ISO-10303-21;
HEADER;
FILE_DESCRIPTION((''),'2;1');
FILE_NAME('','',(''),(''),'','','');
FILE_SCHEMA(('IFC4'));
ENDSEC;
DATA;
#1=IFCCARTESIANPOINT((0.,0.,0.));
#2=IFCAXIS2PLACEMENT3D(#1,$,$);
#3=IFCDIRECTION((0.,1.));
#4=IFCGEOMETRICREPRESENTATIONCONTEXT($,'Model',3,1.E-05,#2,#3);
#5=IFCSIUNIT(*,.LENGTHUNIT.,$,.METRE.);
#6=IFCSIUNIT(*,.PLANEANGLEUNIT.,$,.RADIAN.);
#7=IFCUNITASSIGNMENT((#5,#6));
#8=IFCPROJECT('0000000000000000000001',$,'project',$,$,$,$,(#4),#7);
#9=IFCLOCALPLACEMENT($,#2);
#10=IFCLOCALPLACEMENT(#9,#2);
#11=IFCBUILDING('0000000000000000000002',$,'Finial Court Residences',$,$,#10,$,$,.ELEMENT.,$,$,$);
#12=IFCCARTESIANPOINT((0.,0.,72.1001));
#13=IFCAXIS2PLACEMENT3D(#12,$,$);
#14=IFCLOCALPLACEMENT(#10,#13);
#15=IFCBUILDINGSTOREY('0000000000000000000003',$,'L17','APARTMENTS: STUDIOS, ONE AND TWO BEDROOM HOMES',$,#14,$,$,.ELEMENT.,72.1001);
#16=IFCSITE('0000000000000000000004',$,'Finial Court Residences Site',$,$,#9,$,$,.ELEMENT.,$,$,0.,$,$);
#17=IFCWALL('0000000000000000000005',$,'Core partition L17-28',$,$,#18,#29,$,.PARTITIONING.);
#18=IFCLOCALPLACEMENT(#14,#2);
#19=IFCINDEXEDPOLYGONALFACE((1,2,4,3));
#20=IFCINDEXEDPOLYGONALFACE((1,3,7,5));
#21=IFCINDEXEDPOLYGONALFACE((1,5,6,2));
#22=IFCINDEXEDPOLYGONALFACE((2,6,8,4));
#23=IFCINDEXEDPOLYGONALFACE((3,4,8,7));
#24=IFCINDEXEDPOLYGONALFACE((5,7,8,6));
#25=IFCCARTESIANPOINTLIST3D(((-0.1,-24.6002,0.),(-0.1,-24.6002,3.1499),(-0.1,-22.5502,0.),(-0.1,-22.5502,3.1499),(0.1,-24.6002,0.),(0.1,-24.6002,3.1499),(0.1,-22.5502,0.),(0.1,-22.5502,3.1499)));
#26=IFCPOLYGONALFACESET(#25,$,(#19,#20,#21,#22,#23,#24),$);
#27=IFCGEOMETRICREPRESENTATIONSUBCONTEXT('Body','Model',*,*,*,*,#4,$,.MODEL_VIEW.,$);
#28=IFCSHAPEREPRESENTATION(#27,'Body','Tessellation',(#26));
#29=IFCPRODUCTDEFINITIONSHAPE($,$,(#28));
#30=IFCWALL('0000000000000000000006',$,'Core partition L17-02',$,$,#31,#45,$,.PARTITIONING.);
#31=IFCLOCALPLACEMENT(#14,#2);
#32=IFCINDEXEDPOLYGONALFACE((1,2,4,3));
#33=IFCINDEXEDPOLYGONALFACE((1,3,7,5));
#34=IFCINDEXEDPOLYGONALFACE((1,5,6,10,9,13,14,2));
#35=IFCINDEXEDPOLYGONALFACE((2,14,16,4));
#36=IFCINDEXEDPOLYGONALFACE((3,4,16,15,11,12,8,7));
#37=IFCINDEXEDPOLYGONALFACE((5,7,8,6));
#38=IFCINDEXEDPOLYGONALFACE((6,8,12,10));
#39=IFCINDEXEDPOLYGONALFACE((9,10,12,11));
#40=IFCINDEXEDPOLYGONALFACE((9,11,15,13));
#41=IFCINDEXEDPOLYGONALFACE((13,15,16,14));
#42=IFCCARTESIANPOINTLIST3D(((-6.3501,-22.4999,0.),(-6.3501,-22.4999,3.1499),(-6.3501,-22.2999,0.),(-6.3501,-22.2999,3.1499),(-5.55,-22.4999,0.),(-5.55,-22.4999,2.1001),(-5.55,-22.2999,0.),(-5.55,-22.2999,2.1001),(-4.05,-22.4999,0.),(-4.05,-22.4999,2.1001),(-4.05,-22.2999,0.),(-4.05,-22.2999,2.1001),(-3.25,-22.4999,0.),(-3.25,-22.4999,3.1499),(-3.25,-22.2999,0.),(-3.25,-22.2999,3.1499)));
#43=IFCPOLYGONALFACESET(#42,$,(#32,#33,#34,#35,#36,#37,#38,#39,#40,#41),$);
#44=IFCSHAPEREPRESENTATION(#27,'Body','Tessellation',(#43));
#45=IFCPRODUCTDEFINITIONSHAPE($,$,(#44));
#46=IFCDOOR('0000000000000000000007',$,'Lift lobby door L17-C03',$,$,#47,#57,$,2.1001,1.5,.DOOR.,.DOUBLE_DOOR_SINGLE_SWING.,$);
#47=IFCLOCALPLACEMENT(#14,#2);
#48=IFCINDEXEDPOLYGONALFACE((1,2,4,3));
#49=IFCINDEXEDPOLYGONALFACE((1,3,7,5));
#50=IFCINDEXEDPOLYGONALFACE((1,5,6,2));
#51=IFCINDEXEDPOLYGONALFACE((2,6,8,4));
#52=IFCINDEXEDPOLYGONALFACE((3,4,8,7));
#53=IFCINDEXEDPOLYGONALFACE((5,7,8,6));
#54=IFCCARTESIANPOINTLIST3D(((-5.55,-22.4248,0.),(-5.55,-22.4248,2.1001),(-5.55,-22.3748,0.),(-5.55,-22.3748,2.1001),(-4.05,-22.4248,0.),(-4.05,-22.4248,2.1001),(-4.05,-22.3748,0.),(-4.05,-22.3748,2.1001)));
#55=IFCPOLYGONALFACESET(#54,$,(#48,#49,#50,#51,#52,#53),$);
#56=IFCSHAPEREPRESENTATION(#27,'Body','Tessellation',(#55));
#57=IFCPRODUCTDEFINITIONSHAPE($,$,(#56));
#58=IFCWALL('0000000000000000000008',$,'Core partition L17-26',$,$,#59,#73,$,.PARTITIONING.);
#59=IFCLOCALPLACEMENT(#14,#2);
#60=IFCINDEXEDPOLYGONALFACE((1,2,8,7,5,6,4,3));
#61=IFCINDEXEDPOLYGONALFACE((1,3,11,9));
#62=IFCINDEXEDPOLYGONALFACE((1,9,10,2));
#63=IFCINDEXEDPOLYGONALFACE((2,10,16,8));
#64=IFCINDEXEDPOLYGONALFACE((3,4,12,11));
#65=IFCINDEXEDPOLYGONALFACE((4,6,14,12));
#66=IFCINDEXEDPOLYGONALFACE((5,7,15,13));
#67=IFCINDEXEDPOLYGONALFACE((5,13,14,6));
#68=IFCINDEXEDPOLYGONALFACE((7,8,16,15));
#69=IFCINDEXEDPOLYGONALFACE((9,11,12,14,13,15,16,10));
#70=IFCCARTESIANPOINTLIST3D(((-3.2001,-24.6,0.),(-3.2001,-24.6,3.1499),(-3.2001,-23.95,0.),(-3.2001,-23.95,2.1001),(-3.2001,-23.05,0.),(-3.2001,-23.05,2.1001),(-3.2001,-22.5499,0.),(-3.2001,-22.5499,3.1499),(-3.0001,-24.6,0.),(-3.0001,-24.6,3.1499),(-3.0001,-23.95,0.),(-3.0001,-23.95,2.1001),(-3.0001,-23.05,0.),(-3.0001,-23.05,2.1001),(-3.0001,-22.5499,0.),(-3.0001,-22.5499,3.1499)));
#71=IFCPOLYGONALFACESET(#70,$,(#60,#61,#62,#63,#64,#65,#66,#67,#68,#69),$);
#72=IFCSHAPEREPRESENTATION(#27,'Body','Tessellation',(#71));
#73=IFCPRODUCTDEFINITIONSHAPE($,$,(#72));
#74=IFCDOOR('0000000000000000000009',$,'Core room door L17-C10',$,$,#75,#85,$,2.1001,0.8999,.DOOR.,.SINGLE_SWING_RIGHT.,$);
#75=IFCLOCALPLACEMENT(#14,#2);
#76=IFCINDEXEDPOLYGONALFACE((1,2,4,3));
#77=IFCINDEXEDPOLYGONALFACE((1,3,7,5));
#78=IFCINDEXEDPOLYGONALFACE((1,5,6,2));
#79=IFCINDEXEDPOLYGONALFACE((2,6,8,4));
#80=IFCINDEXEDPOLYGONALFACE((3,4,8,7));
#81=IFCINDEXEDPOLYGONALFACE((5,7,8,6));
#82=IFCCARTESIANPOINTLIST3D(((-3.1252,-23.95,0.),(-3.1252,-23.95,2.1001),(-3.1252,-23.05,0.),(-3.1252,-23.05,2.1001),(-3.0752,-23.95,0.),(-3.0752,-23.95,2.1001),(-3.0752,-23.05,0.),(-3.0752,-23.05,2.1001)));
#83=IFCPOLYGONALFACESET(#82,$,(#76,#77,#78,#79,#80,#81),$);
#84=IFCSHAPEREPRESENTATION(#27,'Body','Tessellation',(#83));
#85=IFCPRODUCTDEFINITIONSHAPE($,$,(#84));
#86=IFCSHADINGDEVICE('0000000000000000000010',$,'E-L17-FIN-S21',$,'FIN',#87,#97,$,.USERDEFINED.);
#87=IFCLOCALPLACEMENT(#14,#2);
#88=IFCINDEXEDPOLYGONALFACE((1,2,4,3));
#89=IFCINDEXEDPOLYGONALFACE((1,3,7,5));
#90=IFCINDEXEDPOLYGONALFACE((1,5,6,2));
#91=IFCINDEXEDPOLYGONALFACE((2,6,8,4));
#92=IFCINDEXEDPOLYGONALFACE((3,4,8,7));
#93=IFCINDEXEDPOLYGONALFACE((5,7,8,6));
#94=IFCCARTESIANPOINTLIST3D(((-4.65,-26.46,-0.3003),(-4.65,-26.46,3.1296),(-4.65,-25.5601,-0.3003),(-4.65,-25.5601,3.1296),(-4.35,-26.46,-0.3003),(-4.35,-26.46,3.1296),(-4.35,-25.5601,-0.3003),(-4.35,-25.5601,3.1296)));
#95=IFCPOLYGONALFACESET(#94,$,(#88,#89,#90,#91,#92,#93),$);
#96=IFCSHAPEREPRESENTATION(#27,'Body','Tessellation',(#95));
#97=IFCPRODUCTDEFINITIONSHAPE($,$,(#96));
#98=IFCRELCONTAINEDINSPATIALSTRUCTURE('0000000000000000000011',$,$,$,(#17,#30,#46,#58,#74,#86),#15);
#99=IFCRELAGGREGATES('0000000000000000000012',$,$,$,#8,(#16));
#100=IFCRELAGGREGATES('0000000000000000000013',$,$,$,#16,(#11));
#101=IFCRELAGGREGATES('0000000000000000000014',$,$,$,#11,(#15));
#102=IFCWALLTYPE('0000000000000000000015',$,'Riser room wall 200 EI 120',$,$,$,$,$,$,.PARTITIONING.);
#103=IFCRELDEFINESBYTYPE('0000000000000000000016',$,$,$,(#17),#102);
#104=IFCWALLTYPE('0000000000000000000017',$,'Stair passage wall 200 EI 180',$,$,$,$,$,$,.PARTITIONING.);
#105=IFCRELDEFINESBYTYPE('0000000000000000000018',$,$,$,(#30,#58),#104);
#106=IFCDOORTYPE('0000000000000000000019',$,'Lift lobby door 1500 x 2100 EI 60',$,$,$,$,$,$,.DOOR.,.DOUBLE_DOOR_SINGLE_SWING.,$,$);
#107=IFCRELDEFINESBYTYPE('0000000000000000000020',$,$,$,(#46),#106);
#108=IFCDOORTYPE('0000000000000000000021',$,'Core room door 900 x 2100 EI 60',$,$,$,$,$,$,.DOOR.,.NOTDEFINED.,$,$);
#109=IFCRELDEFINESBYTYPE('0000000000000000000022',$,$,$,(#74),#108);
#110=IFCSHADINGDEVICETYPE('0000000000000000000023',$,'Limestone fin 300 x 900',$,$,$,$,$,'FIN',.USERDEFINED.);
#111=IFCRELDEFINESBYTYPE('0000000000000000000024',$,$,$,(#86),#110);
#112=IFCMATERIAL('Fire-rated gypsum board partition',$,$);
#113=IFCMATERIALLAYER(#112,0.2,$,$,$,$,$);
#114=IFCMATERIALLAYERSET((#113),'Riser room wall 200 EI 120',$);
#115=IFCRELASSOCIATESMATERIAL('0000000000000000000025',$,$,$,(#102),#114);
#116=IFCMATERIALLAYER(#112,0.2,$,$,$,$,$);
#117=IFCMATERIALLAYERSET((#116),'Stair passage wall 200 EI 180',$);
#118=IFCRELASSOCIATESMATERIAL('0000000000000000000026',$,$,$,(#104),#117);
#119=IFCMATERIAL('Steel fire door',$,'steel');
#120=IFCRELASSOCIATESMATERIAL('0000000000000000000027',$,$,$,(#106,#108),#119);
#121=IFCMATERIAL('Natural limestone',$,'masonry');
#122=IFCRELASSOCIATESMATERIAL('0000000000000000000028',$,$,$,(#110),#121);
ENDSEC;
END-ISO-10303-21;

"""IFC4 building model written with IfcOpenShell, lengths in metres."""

from ifc_helpers import new_model, si_unit, direction, frame, frame_2d, origin, origin_2d, place, context, subcontext, project, spatial, rectangle, extrude, material, layer, layer_set, type_object, element, fill, save


model = new_model("IFC4")

# Units and contexts
model_context = context("Model", 3, precision=1e-05, world=origin(), true_north=direction((0.0, 1.0)))
body_context = subcontext(model_context, "Body", "Model", "MODEL_VIEW")
ifc_project = project(units=[si_unit("LENGTHUNIT", "METRE"), si_unit("PLANEANGLEUNIT", "RADIAN")], contexts=[model_context])

# Site, building, storey
site_placement = place(None, origin())
site = spatial("IfcSite", under=ifc_project, at=site_placement, Name="Finial Court Residences Site", CompositionType="ELEMENT", RefElevation=0.0)
building_placement = place(site_placement, origin())
building = spatial("IfcBuilding", under=site, at=building_placement, Name="Finial Court Residences", CompositionType="ELEMENT")
storey_placement = place(building_placement, frame((0.0, 0.0, 72.1001)))
storey = spatial("IfcBuildingStorey", under=building, at=storey_placement, Name="L17", Description="APARTMENTS: STUDIOS, ONE AND TWO BEDROOM HOMES", CompositionType="ELEMENT", Elevation=72.1001)

# Shared definitions
ifc_material_1 = material(Name="Steel fire door", Category="steel")

# Wall
ifc_material_2 = material(Name="Fire-rated gypsum board partition")
ifc_layer_1 = layer(ifc_material_2, 0.2)
ifc_layer_set_1 = layer_set([ifc_layer_1], Name="Riser room wall 200 EI 120")
wall_type_1 = type_object("IfcWallType", Name="Riser room wall 200 EI 120", PredefinedType="PARTITIONING", material=ifc_layer_set_1)
wall_1_placement = place(storey_placement, frame((0.0, -24.6001, 0.0), z_axis=(0.0, 0.0, 1.0), x_axis=(0.0, 1.0, 0.0)))
element("IfcWall", 1, at=wall_1_placement, inside=storey, type_object=wall_type_1, Name="Core partition L17-28", PredefinedType="PARTITIONING", context=body_context, shape_type="SweptSolid", body=[
    extrude(rectangle(XDim=2.05, YDim=0.2, at=frame_2d((1.0249, 0.0))), origin(), (0.0, 0.0, 1.0), 3.1499),
])

# Walls, openings, doors
ifc_layer_2 = layer(ifc_material_2, 0.2)
ifc_layer_set_2 = layer_set([ifc_layer_2], Name="Stair passage wall 200 EI 180")
wall_type_2 = type_object("IfcWallType", Name="Stair passage wall 200 EI 180", PredefinedType="PARTITIONING", material=ifc_layer_set_2)
wall_2_placement = place(storey_placement, frame((-3.25, -22.3999, 0.0), z_axis=(0.0, 0.0, 1.0), x_axis=(-1.0, 0.0, 0.0)))
wall_2 = element("IfcWall", 2, at=wall_2_placement, inside=storey, type_object=wall_type_2, Name="Core partition L17-02", PredefinedType="PARTITIONING", context=body_context, shape_type="SweptSolid", body=[
    extrude(rectangle(XDim=3.1001, YDim=0.2, at=frame_2d((1.55, 0.0))), origin(), (0.0, 0.0, 1.0), 3.1499),
])
opening_1_placement = place(wall_2_placement, frame((0.8, 0.0, 0.0)))
opening_1 = element("IfcOpeningElement", 3, at=opening_1_placement, cuts=wall_2, PredefinedType="OPENING", context=body_context, shape_type="SweptSolid", body=[
    extrude(rectangle(XDim=1.5, YDim=2.1001, at=frame_2d((0.75, 1.05))), frame((0.0, 0.1099, 0.0), z_axis=(0.0, -1.0, 0.0), x_axis=(1.0, 0.0, 0.0)), (0.0, 0.0, 1.0), 0.22),
])
door_type_1 = type_object("IfcDoorType", Name="Lift lobby door 1500 x 2100 EI 60", OperationType="DOUBLE_DOOR_SINGLE_SWING", PredefinedType="DOOR", material=ifc_material_1)
door_1_placement = place(opening_1_placement, origin())
door_1 = element("IfcDoor", 4, at=door_1_placement, inside=storey, type_object=door_type_1, Name="Lift lobby door L17-C03", OperationType="DOUBLE_DOOR_SINGLE_SWING", OverallHeight=2.1001, OverallWidth=1.5, PredefinedType="DOOR", context=body_context, shape_type="SweptSolid", body=[
    extrude(rectangle(XDim=1.5, YDim=2.1001, at=frame_2d((0.75, 1.05))), frame((0.0, 0.0249, 0.0), z_axis=(0.0, -1.0, 0.0), x_axis=(1.0, 0.0, 0.0)), (0.0, 0.0, 1.0), 0.05),
])
fill(opening_1, door_1)
wall_3_placement = place(storey_placement, frame((-3.1001, -22.55, 0.0), z_axis=(0.0, 0.0, 1.0), x_axis=(0.0, -1.0, 0.0)))
wall_3 = element("IfcWall", 5, at=wall_3_placement, inside=storey, type_object=wall_type_2, Name="Core partition L17-26", PredefinedType="PARTITIONING", context=body_context, shape_type="SweptSolid", body=[
    extrude(rectangle(XDim=2.05, YDim=0.2, at=frame_2d((1.0249, 0.0))), origin(), (0.0, 0.0, 1.0), 3.1499),
])
opening_2_placement = place(wall_3_placement, frame((0.5, 0.0, 0.0)))
opening_2 = element("IfcOpeningElement", 6, at=opening_2_placement, cuts=wall_3, PredefinedType="OPENING", context=body_context, shape_type="SweptSolid", body=[
    extrude(rectangle(XDim=0.8999, YDim=2.1001, at=frame_2d((0.45, 1.05))), frame((0.0, 0.1099, 0.0), z_axis=(0.0, -1.0, 0.0), x_axis=(1.0, 0.0, 0.0)), (0.0, 0.0, 1.0), 0.22),
])
door_type_2 = type_object("IfcDoorType", Name="Core room door 900 x 2100 EI 60", OperationType="NOTDEFINED", PredefinedType="DOOR", material=ifc_material_1)
door_2_placement = place(opening_2_placement, origin())
door_2 = element("IfcDoor", 7, at=door_2_placement, inside=storey, type_object=door_type_2, Name="Core room door L17-C10", OperationType="SINGLE_SWING_RIGHT", OverallHeight=2.1001, OverallWidth=0.8999, PredefinedType="DOOR", context=body_context, shape_type="SweptSolid", body=[
    extrude(rectangle(XDim=0.8999, YDim=2.1001, at=frame_2d((0.45, 1.05))), frame((0.0, 0.0249, 0.0), z_axis=(0.0, -1.0, 0.0), x_axis=(1.0, 0.0, 0.0)), (0.0, 0.0, 1.0), 0.05),
])
fill(opening_2, door_2)

# Shading device
ifc_material_3 = material(Name="Natural limestone", Category="masonry")
shading_device_type = type_object("IfcShadingDeviceType", Name="Limestone fin 300 x 900", ElementType="FIN", PredefinedType="USERDEFINED", material=ifc_material_3)
shading_device_placement = place(storey_placement, frame((-4.5, -26.01, -0.3003), z_axis=(0.0, 0.0, 1.0), x_axis=(1.0, 0.0, 0.0)))
element("IfcShadingDevice", 8, at=shading_device_placement, inside=storey, type_object=shading_device_type, Name="E-L17-FIN-S21", ObjectType="FIN", PredefinedType="USERDEFINED", context=body_context, shape_type="SweptSolid", body=[
    extrude(rectangle(XDim=0.3, YDim=0.8999, at=origin_2d()), origin(), (0.0, 0.0, 1.0), 3.4299),
])

save(model, "model.ifc")
